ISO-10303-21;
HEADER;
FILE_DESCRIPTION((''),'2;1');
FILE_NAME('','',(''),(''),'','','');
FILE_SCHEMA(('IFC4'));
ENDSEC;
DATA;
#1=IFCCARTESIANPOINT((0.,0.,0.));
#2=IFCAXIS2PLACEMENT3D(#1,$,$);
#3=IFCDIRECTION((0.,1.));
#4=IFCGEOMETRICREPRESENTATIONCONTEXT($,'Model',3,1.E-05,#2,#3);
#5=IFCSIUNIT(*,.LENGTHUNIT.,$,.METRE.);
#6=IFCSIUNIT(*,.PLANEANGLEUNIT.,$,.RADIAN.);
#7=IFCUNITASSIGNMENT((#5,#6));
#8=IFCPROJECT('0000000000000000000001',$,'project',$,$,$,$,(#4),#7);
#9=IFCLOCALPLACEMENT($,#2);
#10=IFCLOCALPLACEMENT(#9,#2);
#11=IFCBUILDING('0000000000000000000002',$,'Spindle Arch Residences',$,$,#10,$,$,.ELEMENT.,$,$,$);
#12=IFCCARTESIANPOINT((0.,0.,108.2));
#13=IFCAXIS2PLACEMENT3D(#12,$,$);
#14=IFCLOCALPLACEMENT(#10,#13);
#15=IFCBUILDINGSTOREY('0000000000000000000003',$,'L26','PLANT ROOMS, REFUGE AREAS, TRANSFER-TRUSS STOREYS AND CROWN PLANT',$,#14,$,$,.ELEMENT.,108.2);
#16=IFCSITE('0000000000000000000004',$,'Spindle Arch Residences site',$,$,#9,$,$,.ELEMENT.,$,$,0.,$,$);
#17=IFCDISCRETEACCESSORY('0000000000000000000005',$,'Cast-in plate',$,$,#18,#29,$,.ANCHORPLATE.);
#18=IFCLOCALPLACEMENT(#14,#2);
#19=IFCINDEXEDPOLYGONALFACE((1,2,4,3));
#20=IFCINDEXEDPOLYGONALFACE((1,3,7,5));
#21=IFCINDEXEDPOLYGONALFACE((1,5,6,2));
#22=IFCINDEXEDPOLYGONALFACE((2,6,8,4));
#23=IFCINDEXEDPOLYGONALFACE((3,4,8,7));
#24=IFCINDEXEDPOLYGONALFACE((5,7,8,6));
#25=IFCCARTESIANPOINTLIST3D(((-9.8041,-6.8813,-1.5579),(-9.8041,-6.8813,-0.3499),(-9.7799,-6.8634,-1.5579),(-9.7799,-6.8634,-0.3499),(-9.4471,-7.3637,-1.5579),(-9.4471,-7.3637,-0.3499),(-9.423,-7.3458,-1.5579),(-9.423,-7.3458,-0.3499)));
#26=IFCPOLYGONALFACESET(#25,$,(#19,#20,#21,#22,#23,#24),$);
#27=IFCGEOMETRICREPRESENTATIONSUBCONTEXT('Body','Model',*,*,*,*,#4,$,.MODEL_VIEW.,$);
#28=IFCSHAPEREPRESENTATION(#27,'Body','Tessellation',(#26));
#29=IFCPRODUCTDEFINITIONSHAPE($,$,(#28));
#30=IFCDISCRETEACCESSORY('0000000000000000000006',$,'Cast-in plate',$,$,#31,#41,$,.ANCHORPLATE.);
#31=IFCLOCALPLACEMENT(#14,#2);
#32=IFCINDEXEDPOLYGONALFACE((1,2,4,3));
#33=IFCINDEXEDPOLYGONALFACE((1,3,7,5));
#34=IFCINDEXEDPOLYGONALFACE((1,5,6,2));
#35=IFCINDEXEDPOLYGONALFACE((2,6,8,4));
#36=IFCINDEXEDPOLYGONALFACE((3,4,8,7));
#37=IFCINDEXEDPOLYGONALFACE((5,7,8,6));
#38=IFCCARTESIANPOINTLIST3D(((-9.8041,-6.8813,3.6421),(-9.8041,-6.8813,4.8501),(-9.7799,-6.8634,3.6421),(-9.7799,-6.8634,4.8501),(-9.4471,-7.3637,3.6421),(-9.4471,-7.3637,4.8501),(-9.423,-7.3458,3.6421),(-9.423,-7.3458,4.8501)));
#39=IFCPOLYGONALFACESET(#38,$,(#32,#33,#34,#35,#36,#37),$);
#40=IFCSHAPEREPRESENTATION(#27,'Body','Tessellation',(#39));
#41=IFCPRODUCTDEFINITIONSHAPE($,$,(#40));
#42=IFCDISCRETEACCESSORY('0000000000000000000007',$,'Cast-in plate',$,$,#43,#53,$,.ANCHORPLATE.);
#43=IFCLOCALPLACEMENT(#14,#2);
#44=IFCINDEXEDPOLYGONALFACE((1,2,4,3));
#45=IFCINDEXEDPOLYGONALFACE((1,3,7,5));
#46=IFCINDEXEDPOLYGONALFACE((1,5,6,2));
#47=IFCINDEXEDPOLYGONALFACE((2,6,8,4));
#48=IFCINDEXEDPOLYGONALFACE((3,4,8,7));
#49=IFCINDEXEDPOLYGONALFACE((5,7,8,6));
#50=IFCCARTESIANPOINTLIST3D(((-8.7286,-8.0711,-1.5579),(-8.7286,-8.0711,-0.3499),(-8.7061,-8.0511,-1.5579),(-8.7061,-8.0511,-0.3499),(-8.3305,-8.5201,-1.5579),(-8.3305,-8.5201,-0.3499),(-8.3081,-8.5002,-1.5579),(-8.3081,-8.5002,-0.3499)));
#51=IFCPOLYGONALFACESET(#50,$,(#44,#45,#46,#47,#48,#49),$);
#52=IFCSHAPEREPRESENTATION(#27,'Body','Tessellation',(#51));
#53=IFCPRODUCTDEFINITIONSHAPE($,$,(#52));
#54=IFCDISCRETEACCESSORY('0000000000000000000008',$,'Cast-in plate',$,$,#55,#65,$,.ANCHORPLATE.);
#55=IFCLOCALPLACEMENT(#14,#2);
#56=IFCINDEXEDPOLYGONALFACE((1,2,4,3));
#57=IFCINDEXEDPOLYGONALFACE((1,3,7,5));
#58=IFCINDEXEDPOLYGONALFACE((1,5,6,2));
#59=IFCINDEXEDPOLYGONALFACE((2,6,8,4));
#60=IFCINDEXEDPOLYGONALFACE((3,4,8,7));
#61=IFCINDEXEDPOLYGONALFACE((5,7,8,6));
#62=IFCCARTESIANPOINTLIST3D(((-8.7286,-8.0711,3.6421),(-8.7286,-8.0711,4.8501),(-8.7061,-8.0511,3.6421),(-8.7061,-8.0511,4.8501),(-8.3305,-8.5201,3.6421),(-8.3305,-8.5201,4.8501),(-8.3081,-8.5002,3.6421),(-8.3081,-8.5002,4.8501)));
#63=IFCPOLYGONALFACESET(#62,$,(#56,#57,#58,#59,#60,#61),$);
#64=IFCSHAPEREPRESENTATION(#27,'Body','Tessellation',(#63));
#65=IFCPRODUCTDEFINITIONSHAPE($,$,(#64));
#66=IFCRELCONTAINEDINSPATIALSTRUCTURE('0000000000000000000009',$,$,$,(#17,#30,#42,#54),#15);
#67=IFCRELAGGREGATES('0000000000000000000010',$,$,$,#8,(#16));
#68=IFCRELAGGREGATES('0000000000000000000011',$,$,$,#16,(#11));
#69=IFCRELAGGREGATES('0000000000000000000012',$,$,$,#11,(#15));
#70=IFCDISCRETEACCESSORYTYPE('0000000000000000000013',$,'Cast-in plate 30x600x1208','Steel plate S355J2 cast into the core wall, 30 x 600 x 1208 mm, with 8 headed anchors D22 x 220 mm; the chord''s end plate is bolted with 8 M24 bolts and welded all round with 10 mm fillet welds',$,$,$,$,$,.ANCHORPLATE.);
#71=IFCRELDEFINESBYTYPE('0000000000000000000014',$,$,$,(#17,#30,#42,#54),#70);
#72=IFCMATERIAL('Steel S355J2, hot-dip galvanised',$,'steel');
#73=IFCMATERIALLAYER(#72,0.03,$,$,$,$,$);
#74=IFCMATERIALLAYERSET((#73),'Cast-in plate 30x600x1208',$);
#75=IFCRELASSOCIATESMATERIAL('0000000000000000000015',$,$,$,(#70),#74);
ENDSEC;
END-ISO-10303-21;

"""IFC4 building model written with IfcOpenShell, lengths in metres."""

from ifc_helpers import new_model, si_unit, direction, frame, origin, origin_2d, place, context, subcontext, project, spatial, rectangle, extrude, material, layer, layer_set, type_object, element, save


model = new_model("IFC4")

# Units and contexts
model_context = context("Model", 3, precision=1e-05, world=origin(), true_north=direction((0.0, 1.0)))
body_context = subcontext(model_context, "Body", "Model", "MODEL_VIEW")
ifc_project = project(units=[si_unit("LENGTHUNIT", "METRE"), si_unit("PLANEANGLEUNIT", "RADIAN")], contexts=[model_context])

# Site, building, storey
site_placement = place(None, origin())
site = spatial("IfcSite", under=ifc_project, at=site_placement, Name="Spindle Arch Residences site", CompositionType="ELEMENT", RefElevation=0.0)
building_placement = place(site_placement, origin())
building = spatial("IfcBuilding", under=site, at=building_placement, Name="Spindle Arch Residences", CompositionType="ELEMENT")
storey_placement = place(building_placement, frame((0.0, 0.0, 108.2)))
storey = spatial("IfcBuildingStorey", under=building, at=storey_placement, Name="L26", Description="PLANT ROOMS, REFUGE AREAS, TRANSFER-TRUSS STOREYS AND CROWN PLANT", CompositionType="ELEMENT", Elevation=108.2)

# Discrete accessories
ifc_material_1 = material(Name="Steel S355J2, hot-dip galvanised", Category="steel")
ifc_layer_1 = layer(ifc_material_1, 0.03)
ifc_layer_set_1 = layer_set([ifc_layer_1], Name="Cast-in plate 30x600x1208")
discrete_accessory_type = type_object("IfcDiscreteAccessoryType", Name="Cast-in plate 30x600x1208", Description="Steel plate S355J2 cast into the core wall, 30 x 600 x 1208 mm, with 8 headed anchors D22 x 220 mm; the chord's end plate is bolted with 8 M24 bolts and welded all round with 10 mm fillet welds", PredefinedType="ANCHORPLATE", material=ifc_layer_set_1)
for number, where, z_axis, x_axis, name in (
    (1, (-9.6135, -7.1135, -1.5579), (0.0, 0.0, 1.0), (-0.803857, -0.594823, 0.0), "Cast-in plate"),
    (2, (-9.6135, -7.1135, 3.6421), (0.0, 0.0, 1.0), (-0.803857, -0.594823, 0.0), "Cast-in plate"),
    (3, (-8.5183, -8.2856, -1.5579), (0.0, 0.0, 1.0), (-0.748349, -0.663305, 0.0), "Cast-in plate"),
    (4, (-8.5183, -8.2856, 3.6421), (0.0, 0.0, 1.0), (-0.748349, -0.663305, 0.0), "Cast-in plate"),
):
    element("IfcDiscreteAccessory", number, at=place(storey_placement, frame(where, z_axis=z_axis, x_axis=x_axis)), inside=storey, type_object=discrete_accessory_type, Name=name, PredefinedType="ANCHORPLATE", context=body_context, shape_type="SweptSolid", body=[
        extrude(rectangle(XDim=0.03, YDim=0.6001, at=origin_2d()), origin(), (0.0, 0.0, 1.0), 1.208),
    ])

save(model, "model.ifc")
